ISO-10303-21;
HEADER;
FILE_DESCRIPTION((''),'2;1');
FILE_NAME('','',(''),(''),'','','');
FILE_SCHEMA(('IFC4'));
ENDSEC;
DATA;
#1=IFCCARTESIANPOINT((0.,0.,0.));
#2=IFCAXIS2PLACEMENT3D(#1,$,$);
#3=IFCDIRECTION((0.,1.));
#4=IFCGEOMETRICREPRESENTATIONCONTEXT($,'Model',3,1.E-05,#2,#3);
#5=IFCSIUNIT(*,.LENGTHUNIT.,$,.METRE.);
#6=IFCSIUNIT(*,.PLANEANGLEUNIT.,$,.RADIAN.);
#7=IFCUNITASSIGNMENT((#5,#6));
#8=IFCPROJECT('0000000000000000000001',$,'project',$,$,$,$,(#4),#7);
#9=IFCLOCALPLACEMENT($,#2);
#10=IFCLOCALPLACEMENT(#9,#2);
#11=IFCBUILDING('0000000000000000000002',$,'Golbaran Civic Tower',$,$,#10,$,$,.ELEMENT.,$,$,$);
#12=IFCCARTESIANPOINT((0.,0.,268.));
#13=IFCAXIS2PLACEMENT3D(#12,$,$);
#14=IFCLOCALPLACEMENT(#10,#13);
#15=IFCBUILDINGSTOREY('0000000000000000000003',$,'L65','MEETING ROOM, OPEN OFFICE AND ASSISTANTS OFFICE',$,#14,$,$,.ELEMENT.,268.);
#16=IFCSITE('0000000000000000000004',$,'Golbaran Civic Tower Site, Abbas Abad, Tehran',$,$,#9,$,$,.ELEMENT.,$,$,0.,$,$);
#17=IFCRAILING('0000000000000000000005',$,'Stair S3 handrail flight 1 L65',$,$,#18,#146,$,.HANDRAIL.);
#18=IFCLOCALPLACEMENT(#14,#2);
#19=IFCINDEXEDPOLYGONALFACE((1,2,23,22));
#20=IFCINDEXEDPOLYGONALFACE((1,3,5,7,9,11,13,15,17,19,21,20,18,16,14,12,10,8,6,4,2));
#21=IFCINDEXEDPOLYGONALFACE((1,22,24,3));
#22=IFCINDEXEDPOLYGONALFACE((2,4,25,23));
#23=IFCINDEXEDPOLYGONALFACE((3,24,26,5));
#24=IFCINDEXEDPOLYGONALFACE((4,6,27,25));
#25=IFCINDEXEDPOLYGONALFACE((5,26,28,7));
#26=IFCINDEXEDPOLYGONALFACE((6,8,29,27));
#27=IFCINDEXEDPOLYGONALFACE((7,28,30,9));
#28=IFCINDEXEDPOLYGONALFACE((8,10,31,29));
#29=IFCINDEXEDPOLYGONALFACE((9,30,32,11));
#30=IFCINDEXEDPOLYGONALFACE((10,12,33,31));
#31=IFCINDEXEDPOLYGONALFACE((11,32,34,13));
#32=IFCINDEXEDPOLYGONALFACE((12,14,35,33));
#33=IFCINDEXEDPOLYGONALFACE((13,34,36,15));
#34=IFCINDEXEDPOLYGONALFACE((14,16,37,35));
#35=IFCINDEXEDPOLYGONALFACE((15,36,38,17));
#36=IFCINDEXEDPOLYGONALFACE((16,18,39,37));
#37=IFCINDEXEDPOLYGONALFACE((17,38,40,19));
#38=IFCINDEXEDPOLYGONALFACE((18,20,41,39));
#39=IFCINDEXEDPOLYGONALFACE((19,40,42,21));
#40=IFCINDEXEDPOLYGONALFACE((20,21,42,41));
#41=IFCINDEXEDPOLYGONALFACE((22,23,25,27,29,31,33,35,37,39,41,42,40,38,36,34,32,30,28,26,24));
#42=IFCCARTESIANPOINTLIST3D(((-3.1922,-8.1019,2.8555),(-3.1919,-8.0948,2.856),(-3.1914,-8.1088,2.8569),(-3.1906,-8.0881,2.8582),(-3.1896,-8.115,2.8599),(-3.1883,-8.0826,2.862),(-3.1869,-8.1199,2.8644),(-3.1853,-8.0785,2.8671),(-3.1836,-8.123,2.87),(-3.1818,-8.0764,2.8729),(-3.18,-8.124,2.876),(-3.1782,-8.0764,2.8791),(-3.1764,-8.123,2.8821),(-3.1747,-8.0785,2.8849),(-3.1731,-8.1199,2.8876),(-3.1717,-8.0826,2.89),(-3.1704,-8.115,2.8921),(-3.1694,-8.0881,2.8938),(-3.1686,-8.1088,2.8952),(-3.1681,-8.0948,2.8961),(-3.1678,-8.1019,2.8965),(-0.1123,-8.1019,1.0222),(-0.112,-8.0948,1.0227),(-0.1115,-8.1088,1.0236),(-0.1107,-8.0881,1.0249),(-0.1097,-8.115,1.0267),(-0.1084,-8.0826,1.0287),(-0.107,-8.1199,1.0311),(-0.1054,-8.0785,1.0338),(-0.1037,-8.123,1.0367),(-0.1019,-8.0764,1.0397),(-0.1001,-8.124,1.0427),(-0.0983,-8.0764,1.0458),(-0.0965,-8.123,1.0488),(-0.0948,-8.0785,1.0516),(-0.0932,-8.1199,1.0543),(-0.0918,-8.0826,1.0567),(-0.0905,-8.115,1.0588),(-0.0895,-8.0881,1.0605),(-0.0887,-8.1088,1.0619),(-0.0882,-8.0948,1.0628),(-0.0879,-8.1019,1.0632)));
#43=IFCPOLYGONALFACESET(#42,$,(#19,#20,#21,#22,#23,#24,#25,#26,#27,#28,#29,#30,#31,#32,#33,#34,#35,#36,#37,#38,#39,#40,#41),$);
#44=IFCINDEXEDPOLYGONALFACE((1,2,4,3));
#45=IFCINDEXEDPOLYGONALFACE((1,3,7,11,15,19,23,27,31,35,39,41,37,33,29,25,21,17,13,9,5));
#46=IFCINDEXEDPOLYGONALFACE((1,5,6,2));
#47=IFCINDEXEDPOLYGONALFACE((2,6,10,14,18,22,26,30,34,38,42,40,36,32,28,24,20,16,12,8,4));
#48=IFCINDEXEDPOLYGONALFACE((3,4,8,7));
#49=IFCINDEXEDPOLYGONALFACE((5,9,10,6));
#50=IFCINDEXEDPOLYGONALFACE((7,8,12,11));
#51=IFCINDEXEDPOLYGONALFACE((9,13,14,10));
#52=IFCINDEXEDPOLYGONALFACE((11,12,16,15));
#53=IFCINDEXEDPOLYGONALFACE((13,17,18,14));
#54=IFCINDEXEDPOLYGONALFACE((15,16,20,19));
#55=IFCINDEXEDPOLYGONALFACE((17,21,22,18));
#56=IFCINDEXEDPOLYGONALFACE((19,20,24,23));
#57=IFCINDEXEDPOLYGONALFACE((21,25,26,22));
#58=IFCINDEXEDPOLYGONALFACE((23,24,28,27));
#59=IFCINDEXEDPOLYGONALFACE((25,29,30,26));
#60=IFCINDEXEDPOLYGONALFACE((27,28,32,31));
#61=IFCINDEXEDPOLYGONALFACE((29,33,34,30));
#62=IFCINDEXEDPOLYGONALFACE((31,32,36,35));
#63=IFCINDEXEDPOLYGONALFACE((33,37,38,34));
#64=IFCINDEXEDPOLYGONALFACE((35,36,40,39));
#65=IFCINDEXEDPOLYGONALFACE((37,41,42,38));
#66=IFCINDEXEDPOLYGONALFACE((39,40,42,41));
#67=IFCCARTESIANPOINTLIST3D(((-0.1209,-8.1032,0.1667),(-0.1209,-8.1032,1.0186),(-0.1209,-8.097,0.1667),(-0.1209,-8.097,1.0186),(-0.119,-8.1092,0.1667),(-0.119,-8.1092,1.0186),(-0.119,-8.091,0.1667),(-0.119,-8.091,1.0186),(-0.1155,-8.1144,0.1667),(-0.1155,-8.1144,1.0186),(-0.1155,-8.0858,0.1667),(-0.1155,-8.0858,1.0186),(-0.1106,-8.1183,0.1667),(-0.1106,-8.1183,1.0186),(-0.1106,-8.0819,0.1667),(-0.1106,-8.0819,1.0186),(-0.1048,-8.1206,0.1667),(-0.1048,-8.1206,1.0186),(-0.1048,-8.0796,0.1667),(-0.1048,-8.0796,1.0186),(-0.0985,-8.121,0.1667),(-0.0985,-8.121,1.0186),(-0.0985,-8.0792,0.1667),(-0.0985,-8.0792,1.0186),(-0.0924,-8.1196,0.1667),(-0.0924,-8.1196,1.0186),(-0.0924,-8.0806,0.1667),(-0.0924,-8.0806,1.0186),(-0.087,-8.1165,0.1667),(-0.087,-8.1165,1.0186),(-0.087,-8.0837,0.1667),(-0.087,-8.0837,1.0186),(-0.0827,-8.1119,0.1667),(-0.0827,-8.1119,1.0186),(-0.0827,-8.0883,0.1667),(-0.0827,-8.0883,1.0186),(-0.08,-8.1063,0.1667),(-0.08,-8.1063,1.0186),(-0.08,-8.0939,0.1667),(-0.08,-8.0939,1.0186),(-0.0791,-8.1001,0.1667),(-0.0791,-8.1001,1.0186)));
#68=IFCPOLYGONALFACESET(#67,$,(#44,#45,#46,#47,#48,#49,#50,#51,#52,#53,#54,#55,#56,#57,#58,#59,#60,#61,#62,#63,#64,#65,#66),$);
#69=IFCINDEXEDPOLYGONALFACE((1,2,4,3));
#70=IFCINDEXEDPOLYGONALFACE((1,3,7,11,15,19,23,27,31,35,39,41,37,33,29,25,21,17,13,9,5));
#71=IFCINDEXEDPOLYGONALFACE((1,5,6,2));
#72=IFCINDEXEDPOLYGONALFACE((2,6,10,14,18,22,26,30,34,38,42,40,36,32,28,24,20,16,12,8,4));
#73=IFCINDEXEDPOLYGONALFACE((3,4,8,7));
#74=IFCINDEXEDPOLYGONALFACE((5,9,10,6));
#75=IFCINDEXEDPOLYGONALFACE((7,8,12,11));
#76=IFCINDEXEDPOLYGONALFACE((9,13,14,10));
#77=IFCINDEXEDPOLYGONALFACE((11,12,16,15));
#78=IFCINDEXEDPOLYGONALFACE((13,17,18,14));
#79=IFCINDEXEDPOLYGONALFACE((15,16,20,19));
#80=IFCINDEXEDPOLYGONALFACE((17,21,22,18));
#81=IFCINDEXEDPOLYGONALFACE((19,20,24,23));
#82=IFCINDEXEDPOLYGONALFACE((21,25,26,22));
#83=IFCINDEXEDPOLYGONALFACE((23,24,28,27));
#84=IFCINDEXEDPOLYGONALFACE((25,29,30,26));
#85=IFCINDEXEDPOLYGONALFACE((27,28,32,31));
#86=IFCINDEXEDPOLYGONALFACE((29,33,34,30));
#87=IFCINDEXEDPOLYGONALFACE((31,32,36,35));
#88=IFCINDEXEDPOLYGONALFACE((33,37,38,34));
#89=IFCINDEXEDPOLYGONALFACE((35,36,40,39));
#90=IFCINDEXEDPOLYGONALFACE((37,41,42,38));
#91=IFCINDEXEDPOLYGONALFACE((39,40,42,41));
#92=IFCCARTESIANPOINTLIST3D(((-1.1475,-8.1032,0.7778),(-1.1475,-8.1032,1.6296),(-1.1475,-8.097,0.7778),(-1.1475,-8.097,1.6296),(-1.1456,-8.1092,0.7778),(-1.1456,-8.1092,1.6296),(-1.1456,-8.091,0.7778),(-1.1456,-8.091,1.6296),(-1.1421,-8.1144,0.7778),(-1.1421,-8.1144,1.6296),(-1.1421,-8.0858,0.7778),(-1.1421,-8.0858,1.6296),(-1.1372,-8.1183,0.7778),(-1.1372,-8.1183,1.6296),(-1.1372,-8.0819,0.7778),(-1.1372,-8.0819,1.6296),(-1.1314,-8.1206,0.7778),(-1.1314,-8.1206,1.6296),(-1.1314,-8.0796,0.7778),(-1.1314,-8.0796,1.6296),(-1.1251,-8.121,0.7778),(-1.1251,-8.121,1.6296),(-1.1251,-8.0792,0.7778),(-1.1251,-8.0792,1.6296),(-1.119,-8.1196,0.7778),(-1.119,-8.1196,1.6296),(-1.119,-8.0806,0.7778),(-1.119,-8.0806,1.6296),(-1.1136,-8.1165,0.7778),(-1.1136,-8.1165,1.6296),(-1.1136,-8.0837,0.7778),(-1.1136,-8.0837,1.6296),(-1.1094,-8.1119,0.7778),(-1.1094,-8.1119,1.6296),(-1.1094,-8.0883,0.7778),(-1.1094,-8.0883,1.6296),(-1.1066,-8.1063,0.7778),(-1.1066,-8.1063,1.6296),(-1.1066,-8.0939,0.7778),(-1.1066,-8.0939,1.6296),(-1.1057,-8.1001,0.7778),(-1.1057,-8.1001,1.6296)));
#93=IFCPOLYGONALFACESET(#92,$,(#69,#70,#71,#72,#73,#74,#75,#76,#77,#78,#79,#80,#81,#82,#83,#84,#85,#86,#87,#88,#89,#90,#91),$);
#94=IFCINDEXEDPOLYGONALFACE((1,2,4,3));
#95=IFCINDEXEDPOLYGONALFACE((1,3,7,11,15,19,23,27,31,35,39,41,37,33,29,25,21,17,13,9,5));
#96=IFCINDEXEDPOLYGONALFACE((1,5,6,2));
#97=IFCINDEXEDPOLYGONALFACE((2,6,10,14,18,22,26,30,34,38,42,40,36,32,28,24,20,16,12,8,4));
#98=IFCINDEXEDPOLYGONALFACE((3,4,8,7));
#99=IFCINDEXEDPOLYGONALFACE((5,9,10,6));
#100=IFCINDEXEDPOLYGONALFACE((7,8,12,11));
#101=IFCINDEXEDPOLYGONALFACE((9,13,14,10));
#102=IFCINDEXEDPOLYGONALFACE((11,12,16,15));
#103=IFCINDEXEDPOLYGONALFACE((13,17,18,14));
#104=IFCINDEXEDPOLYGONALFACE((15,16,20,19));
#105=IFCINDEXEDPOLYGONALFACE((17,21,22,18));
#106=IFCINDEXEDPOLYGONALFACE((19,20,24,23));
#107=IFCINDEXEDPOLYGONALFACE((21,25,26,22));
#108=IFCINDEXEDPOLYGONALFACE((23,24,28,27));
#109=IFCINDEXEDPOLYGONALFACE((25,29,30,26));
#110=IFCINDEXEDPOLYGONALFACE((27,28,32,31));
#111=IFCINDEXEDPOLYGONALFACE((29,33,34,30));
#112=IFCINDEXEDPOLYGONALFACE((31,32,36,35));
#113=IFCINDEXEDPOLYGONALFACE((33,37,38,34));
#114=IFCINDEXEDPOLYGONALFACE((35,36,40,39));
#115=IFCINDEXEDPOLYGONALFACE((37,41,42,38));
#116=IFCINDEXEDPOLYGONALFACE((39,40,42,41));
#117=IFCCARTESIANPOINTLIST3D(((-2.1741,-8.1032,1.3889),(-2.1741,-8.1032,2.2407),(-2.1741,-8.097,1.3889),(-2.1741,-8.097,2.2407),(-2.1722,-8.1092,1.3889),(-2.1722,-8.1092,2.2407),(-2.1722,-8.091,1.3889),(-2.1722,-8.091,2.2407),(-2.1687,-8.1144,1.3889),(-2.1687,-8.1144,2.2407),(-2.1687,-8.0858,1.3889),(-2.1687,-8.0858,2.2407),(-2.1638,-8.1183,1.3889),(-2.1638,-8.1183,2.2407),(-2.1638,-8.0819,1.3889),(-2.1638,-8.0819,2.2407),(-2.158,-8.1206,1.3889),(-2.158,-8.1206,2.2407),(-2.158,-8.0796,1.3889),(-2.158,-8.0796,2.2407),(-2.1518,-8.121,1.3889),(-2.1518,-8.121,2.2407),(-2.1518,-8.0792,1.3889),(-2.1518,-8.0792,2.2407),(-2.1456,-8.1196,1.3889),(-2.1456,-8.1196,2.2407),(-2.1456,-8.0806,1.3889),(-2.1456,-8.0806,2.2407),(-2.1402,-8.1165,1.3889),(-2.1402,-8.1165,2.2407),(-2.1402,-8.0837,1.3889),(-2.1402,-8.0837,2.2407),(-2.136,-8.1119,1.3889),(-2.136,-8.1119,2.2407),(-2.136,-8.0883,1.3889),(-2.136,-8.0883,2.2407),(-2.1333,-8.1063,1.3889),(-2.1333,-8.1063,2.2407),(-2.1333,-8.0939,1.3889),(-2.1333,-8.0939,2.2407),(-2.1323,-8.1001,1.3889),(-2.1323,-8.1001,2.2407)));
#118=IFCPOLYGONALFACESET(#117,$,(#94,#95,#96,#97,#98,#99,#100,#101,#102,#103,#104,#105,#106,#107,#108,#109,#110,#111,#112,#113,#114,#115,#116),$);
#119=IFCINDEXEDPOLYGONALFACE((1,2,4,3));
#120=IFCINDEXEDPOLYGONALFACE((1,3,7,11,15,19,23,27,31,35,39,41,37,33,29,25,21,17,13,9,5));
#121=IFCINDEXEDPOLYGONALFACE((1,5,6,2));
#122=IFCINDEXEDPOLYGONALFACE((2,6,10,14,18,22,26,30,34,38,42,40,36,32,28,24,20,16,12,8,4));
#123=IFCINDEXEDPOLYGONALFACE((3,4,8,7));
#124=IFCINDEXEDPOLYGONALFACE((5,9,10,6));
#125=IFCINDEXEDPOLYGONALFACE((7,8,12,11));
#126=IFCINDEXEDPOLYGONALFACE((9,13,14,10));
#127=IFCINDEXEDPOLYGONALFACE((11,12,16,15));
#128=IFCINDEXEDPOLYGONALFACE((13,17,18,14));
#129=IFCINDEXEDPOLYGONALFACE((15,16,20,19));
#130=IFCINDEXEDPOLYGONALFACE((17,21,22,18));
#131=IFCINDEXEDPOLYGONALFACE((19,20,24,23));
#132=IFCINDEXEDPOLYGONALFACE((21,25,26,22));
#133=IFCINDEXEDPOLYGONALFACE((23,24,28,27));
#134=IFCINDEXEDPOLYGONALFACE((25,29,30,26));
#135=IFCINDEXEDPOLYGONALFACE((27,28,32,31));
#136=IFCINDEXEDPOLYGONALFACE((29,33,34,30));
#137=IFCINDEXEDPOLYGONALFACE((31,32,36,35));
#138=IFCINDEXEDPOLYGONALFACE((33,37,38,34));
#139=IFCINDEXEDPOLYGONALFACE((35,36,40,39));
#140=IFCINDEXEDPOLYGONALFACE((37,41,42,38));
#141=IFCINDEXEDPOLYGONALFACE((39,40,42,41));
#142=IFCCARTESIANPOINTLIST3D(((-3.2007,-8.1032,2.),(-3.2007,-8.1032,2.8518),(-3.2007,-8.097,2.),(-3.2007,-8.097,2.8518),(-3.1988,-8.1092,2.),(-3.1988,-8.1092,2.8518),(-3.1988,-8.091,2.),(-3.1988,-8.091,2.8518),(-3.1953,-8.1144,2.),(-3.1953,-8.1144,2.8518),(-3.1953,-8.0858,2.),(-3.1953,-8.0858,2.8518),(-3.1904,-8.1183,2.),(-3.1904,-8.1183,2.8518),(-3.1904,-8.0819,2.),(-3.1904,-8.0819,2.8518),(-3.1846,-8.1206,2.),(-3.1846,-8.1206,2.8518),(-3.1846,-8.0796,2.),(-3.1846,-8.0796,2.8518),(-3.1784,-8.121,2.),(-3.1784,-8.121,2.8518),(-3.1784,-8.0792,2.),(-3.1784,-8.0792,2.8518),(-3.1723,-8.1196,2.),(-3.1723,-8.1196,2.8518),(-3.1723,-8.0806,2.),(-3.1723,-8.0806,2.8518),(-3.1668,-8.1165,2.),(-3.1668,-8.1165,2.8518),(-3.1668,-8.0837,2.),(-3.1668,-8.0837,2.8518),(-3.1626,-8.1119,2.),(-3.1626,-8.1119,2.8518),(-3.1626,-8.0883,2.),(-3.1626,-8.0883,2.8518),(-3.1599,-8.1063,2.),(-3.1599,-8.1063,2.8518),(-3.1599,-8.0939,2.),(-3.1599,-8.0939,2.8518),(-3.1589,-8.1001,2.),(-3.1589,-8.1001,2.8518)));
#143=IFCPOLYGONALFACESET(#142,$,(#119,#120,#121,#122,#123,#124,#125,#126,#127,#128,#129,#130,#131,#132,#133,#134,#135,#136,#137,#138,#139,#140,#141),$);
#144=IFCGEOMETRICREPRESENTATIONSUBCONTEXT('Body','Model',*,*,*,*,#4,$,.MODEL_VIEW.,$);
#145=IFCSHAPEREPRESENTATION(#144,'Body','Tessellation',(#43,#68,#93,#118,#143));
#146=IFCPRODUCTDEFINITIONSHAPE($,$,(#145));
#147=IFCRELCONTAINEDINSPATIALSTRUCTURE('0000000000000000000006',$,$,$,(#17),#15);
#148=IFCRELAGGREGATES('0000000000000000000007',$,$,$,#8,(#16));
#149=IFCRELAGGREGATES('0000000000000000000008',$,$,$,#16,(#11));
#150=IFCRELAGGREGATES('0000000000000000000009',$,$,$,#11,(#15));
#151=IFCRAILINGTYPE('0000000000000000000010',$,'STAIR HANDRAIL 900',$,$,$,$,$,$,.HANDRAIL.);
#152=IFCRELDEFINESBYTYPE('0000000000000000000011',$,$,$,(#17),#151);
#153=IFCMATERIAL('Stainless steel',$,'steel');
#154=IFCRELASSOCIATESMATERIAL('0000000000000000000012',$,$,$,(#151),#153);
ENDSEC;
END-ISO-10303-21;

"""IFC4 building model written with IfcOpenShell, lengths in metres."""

from ifc_helpers import new_model, si_unit, direction, frame, origin, origin_2d, place, context, subcontext, project, spatial, circle, extrude, material, type_object, element, save


model = new_model("IFC4")

# Units and contexts
model_context = context("Model", 3, precision=1e-05, world=origin(), true_north=direction((0.0, 1.0)))
body_context = subcontext(model_context, "Body", "Model", "MODEL_VIEW")
ifc_project = project(units=[si_unit("LENGTHUNIT", "METRE"), si_unit("PLANEANGLEUNIT", "RADIAN")], contexts=[model_context])

# Site, building, storey
site_placement = place(None, origin())
site = spatial("IfcSite", under=ifc_project, at=site_placement, Name="Golbaran Civic Tower Site, Abbas Abad, Tehran", CompositionType="ELEMENT", RefElevation=0.0)
building_placement = place(site_placement, origin())
building = spatial("IfcBuilding", under=site, at=building_placement, Name="Golbaran Civic Tower", CompositionType="ELEMENT")
storey_placement = place(building_placement, frame((0.0, 0.0, 268.0)))
storey = spatial("IfcBuildingStorey", under=building, at=storey_placement, Name="L65", Description="MEETING ROOM, OPEN OFFICE AND ASSISTANTS OFFICE", CompositionType="ELEMENT", Elevation=268.0)

# Shared definitions
ifc_material_1 = material(Name="Stainless steel", Category="steel")

# Railing
railing_type = type_object("IfcRailingType", Name="STAIR HANDRAIL 900", PredefinedType="HANDRAIL", material=ifc_material_1)
railing_1_placement = place(storey_placement, frame((-0.1001, -8.1001, 0.1667)))
element("IfcRailing", 1, at=railing_1_placement, inside=storey, type_object=railing_type, Name="Stair S3 handrail flight 1 L65", PredefinedType="HANDRAIL", context=body_context, shape_type="SweptSolid", body=[
    extrude(circle(Radius=0.0239, at=origin_2d()), frame((0.0, 0.0, 0.876), z_axis=(-0.859291, 0.0, 0.511487), x_axis=(0.0, -1.0, 0.0)), (0.0, 0.0, 1.0), 3.5842),
    extrude(circle(Radius=0.021, at=origin_2d()), origin(), (0.0, 0.0, 1.0), 0.8518),
    extrude(circle(Radius=0.021, at=origin_2d()), frame((-1.0266, 0.0, 0.6111)), (0.0, 0.0, 1.0), 0.8518),
    extrude(circle(Radius=0.021, at=origin_2d()), frame((-2.0532, 0.0, 1.2222)), (0.0, 0.0, 1.0), 0.8518),
    extrude(circle(Radius=0.021, at=origin_2d()), frame((-3.0798, 0.0, 1.8333)), (0.0, 0.0, 1.0), 0.8518),
])

save(model, "model.ifc")
